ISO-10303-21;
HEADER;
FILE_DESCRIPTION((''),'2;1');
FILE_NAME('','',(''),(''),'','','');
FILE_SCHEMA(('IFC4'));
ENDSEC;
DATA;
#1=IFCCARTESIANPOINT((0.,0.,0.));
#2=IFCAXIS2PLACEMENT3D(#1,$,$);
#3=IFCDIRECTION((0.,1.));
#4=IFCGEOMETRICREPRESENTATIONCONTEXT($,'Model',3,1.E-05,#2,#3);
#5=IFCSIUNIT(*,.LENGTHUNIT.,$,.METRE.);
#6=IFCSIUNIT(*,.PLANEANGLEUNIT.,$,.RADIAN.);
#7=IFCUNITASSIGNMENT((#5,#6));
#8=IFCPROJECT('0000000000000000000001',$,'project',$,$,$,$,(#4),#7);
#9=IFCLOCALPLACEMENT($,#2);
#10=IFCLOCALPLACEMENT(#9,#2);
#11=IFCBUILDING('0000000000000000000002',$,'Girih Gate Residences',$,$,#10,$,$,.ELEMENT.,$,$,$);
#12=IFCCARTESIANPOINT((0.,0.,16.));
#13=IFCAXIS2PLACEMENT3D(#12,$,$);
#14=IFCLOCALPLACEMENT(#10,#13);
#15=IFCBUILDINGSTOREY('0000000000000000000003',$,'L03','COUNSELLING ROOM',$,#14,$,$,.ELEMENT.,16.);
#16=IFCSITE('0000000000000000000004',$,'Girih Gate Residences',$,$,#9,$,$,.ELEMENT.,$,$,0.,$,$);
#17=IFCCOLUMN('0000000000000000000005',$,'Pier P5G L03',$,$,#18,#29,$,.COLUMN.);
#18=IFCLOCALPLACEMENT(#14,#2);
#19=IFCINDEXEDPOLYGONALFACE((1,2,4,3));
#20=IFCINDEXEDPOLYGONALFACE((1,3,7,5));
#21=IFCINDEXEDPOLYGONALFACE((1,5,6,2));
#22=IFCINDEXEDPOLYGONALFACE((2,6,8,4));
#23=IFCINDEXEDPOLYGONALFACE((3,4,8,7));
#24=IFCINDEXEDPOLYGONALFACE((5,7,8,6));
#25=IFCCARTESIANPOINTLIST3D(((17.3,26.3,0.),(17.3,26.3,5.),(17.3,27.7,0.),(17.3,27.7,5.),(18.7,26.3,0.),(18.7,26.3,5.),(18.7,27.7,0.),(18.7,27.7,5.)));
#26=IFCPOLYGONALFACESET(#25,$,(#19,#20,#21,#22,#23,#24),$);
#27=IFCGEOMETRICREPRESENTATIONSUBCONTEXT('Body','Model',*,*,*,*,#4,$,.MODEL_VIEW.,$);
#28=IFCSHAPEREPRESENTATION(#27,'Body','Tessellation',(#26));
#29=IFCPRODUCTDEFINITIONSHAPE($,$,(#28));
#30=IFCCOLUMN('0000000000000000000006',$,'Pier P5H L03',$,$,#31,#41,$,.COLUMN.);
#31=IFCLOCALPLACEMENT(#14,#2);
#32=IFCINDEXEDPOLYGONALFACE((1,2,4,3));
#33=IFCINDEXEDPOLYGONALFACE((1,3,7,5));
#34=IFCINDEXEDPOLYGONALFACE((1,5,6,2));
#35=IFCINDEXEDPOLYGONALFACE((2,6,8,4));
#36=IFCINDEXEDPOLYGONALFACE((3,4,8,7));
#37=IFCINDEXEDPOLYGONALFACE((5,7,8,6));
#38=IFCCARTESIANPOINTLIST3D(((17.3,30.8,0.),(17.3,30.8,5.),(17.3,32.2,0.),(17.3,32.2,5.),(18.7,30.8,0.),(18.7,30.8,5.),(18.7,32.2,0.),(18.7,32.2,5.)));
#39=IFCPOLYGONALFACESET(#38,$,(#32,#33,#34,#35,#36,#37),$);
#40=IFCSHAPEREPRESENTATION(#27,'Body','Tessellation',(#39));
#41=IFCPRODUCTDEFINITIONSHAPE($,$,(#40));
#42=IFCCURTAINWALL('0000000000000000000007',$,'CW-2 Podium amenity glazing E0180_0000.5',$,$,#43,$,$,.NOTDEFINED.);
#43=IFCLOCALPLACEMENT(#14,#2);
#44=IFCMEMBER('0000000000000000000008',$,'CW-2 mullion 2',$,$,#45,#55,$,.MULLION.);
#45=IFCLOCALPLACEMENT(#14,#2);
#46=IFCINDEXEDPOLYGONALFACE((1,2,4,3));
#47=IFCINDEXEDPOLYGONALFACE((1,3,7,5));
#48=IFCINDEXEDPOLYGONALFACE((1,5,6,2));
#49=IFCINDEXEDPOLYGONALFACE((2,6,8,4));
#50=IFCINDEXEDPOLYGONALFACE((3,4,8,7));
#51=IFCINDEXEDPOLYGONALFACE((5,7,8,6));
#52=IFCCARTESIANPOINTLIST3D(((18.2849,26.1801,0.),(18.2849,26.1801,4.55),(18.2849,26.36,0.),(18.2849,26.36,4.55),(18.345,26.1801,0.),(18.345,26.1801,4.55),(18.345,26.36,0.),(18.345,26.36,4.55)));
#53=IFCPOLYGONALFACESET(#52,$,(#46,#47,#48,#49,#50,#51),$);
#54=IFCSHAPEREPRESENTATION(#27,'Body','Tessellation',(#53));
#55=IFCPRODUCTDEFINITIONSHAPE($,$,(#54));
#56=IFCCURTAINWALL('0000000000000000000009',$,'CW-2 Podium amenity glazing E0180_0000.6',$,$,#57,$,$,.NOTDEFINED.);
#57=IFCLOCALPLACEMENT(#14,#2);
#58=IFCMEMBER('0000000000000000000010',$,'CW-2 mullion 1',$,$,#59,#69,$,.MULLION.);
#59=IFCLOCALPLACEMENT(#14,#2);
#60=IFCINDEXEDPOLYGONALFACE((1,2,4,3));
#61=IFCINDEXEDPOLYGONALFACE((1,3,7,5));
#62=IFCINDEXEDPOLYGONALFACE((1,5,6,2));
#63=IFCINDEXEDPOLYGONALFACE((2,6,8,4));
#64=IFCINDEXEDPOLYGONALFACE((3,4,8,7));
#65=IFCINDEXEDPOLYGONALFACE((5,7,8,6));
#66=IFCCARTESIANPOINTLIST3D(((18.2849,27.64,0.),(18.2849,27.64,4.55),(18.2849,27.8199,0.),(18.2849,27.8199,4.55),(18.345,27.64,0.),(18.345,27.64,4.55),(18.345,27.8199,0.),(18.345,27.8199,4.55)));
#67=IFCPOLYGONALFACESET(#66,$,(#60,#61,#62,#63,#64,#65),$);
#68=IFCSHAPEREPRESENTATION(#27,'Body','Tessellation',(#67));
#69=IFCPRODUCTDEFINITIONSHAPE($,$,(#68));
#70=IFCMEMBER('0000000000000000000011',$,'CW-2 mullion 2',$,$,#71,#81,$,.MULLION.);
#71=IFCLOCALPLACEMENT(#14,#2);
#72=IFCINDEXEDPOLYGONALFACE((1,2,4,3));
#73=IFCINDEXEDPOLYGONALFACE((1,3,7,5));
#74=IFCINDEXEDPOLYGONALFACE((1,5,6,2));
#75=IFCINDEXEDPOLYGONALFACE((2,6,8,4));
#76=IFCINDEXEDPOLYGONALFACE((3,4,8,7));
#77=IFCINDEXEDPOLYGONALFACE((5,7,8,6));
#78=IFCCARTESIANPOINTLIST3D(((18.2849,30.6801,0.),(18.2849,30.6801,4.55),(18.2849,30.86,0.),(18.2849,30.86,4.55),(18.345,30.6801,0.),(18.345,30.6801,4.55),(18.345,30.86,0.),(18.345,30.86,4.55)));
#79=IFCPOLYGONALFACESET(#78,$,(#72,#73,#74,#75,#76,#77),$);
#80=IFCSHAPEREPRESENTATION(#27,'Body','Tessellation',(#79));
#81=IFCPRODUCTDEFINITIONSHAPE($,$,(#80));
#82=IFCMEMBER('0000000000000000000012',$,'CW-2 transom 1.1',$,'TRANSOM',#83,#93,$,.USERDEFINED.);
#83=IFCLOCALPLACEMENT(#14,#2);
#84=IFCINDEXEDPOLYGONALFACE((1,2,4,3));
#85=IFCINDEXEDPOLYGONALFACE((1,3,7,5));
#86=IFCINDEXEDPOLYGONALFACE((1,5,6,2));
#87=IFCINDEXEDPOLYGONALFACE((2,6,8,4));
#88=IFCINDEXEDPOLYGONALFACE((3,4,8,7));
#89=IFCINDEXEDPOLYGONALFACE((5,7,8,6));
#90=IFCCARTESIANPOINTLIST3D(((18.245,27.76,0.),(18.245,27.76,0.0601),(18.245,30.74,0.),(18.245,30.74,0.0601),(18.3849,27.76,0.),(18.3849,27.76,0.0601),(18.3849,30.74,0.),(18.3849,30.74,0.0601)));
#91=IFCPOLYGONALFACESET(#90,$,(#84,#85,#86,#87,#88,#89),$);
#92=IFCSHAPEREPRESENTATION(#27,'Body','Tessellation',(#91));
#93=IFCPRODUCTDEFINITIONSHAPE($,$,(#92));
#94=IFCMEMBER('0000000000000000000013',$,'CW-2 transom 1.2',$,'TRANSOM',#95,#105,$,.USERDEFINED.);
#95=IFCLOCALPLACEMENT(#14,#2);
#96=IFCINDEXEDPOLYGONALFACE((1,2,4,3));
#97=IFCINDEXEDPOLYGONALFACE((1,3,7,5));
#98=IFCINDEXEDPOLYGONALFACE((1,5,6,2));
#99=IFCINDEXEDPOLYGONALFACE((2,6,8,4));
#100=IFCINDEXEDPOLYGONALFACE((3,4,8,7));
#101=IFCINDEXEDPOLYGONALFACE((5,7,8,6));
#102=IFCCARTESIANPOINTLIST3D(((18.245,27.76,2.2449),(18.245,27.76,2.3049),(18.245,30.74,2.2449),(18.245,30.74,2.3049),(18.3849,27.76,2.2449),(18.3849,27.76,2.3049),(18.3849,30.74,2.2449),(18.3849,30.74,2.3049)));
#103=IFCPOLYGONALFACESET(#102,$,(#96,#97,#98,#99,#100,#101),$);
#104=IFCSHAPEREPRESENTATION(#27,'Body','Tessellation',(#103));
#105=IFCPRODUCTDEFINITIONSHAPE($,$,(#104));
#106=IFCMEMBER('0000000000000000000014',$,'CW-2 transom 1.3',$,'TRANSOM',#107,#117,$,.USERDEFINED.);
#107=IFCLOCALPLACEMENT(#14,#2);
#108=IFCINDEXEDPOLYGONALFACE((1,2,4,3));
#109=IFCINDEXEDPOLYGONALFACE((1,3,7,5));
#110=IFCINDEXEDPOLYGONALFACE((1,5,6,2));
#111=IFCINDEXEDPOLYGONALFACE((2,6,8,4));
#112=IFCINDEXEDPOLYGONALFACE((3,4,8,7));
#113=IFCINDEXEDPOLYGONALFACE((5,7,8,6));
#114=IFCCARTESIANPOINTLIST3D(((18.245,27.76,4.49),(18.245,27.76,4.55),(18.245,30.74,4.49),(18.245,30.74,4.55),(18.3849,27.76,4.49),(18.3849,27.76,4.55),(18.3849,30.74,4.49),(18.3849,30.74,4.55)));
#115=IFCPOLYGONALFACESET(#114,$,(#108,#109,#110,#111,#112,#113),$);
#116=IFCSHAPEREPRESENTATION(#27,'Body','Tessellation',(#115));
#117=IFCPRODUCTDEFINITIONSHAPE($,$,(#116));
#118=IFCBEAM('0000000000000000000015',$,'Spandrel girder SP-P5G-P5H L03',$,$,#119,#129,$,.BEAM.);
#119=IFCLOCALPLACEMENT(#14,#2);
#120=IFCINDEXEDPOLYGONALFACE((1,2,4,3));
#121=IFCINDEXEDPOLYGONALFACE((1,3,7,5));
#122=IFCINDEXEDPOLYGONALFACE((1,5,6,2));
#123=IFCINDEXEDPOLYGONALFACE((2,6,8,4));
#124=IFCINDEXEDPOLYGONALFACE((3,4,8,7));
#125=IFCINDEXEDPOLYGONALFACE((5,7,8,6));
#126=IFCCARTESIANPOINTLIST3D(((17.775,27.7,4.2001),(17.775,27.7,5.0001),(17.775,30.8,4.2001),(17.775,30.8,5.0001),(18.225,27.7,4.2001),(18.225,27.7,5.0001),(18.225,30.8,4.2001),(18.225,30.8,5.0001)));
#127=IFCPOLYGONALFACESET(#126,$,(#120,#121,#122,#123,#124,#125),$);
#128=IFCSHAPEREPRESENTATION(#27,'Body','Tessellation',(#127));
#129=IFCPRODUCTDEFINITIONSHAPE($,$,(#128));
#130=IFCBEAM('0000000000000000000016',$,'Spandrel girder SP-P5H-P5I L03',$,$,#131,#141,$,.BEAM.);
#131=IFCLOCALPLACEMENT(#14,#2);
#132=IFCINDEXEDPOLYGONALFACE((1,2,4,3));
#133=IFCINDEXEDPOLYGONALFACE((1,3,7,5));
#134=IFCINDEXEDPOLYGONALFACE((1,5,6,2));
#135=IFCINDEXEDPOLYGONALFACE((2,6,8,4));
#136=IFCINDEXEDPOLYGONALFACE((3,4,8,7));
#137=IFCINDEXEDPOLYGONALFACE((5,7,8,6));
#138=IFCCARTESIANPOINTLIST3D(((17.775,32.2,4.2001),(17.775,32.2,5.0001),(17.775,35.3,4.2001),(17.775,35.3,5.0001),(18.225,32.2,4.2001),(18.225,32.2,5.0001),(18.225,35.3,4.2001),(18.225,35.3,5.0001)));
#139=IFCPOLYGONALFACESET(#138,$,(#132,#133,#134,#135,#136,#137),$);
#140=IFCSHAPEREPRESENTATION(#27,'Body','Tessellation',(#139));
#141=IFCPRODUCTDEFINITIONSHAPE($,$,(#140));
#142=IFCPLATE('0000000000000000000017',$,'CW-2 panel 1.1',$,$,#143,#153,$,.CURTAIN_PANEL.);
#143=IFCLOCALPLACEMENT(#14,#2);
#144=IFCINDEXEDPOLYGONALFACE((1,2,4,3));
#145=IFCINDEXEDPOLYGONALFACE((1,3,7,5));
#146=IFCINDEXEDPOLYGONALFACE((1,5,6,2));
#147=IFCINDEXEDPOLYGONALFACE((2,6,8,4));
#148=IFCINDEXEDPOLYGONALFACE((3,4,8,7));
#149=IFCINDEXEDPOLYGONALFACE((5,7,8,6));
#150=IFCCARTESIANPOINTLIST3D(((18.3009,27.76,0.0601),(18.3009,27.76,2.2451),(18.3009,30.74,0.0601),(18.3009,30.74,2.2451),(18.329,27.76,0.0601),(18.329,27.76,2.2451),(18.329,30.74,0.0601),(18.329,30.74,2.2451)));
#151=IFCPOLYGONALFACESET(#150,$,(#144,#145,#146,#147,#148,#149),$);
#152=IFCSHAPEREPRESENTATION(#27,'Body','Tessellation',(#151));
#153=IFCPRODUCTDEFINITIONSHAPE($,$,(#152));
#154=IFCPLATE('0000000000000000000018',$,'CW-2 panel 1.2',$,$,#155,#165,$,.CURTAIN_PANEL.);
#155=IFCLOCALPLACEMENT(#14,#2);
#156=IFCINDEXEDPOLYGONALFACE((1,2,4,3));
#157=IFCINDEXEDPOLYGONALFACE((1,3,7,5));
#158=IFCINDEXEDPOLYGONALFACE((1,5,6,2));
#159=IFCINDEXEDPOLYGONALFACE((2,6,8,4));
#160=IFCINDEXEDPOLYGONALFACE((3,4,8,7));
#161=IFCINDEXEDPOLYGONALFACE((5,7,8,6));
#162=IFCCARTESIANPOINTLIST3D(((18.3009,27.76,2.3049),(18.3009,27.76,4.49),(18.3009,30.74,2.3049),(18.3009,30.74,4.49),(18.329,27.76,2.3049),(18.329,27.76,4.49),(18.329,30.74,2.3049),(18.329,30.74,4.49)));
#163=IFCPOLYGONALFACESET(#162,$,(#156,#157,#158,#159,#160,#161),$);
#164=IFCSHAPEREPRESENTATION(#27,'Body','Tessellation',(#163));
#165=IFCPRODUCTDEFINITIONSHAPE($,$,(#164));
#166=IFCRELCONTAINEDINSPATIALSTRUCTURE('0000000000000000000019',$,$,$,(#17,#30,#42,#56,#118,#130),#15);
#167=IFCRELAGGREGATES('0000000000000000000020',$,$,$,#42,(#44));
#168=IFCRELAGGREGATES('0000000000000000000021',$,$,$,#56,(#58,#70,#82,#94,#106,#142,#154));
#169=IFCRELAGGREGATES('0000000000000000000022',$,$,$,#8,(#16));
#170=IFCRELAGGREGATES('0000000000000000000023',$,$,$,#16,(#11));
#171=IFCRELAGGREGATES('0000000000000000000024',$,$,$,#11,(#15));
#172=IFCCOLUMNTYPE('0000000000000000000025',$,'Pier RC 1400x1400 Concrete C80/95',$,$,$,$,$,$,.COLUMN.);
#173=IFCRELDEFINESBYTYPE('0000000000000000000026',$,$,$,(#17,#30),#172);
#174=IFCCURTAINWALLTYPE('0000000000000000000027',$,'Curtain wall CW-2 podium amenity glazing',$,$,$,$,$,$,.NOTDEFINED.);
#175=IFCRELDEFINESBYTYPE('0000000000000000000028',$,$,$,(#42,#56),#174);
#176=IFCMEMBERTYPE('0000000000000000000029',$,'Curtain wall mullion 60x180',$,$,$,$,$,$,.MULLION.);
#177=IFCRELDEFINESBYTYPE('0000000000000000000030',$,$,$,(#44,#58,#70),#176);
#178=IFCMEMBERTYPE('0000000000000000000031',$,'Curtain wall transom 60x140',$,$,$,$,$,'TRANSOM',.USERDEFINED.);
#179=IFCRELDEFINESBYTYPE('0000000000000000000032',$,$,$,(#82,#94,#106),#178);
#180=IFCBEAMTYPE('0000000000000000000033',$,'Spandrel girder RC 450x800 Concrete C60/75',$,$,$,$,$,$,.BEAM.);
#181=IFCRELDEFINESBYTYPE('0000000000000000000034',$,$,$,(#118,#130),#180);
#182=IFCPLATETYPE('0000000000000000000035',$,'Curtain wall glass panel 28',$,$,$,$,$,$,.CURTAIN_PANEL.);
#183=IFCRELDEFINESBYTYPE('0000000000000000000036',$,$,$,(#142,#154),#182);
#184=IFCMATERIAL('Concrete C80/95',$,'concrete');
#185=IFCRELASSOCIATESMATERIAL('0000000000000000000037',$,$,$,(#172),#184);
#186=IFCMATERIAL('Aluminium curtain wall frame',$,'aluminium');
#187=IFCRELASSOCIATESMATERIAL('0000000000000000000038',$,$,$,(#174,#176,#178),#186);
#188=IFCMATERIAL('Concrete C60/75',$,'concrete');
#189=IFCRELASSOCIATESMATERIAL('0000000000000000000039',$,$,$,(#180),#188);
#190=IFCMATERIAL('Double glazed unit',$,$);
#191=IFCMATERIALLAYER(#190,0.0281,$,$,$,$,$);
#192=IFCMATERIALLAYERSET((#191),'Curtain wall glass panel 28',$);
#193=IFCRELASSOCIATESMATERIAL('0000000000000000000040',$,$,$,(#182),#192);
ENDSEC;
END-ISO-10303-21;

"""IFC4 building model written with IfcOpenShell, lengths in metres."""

from ifc_helpers import new_model, si_unit, direction, frame, origin, origin_2d, place, context, subcontext, project, spatial, rectangle, extrude, material, layer, layer_set, material_profile, profile_set, type_object, element, aggregate, save


model = new_model("IFC4")

# Units and contexts
model_context = context("Model", 3, precision=1e-05, world=origin(), true_north=direction((0.0, 1.0)))
body_context = subcontext(model_context, "Body", "Model", "MODEL_VIEW")
ifc_project = project(units=[si_unit("LENGTHUNIT", "METRE"), si_unit("PLANEANGLEUNIT", "RADIAN")], contexts=[model_context])

# Site, building, storey
site_placement = place(None, origin())
site = spatial("IfcSite", under=ifc_project, at=site_placement, Name="Girih Gate Residences", CompositionType="ELEMENT", RefElevation=0.0)
building_placement = place(site_placement, origin())
building = spatial("IfcBuilding", under=site, at=building_placement, Name="Girih Gate Residences", CompositionType="ELEMENT")
storey_placement = place(building_placement, frame((0.0, 0.0, 16.0)))
storey = spatial("IfcBuildingStorey", under=building, at=storey_placement, Name="L03", Description="COUNSELLING ROOM", CompositionType="ELEMENT", Elevation=16.0)

# Columns
ifc_material_1 = material(Name="Concrete C80/95", Category="concrete")
ifc_material_profile_1 = material_profile(ifc_material_1, rectangle(XDim=1.3999, YDim=1.3999, at=origin_2d()))
ifc_profile_set_1 = profile_set([ifc_material_profile_1], Name="Concrete C80/95")
column_type = type_object("IfcColumnType", Name="Pier RC 1400x1400 Concrete C80/95", PredefinedType="COLUMN", material=ifc_profile_set_1)
for number, where, z_axis, x_axis, name in (
    (1, (18.0, 27.0, 0.0), (0.0, 0.0, 1.0), (1.0, 0.0, 0.0), "Pier P5G L03"),
    (2, (18.0, 31.5, 0.0), (0.0, 0.0, 1.0), (1.0, 0.0, 0.0), "Pier P5H L03"),
):
    element("IfcColumn", number, at=place(storey_placement, frame(where, z_axis=z_axis, x_axis=x_axis)), inside=storey, type_object=column_type, Name=name, PredefinedType="COLUMN", context=body_context, shape_type="SweptSolid", body=[
        extrude(rectangle(XDim=1.3999, YDim=1.3999, at=origin_2d()), origin(), (0.0, 0.0, 1.0), 5.0),
    ])

# Curtain wall, member
ifc_material_2 = material(Name="Aluminium curtain wall frame", Category="aluminium")
curtain_wall_type = type_object("IfcCurtainWallType", Name="Curtain wall CW-2 podium amenity glazing", PredefinedType="NOTDEFINED", material=ifc_material_2)
curtain_wall_1_placement = place(storey_placement, origin())
curtain_wall_1 = element("IfcCurtainWall", 3, at=curtain_wall_1_placement, inside=storey, type_object=curtain_wall_type, Name="CW-2 Podium amenity glazing E0180_0000.5", PredefinedType="NOTDEFINED")
ifc_material_profile_2 = material_profile(ifc_material_2, rectangle(XDim=0.0601, YDim=0.1799, at=origin_2d()))
ifc_profile_set_2 = profile_set([ifc_material_profile_2], Name="Aluminium curtain wall frame")
member_type_1 = type_object("IfcMemberType", Name="Curtain wall mullion 60x180", PredefinedType="MULLION", material=ifc_profile_set_2)
member_1_placement = place(storey_placement, frame((18.3149, 26.27, 0.0), z_axis=(0.0, 0.0, 1.0), x_axis=(-1.0, 0.0, 0.0)))
member_1 = element("IfcMember", 4, at=member_1_placement, type_object=member_type_1, Name="CW-2 mullion 2", PredefinedType="MULLION", context=body_context, shape_type="SweptSolid", body=[
    extrude(rectangle(XDim=0.0601, YDim=0.1799, at=origin_2d()), origin(), (0.0, 0.0, 1.0), 4.55),
])
aggregate(curtain_wall_1, [member_1])

# Curtain wall, members
curtain_wall_2_placement = place(storey_placement, origin())
curtain_wall_2 = element("IfcCurtainWall", 5, at=curtain_wall_2_placement, inside=storey, type_object=curtain_wall_type, Name="CW-2 Podium amenity glazing E0180_0000.6", PredefinedType="NOTDEFINED")
member_2_placement = place(storey_placement, frame((18.3149, 27.73, 0.0), z_axis=(0.0, 0.0, 1.0), x_axis=(-1.0, 0.0, 0.0)))
member_2 = element("IfcMember", 6, at=member_2_placement, type_object=member_type_1, Name="CW-2 mullion 1", PredefinedType="MULLION", context=body_context, shape_type="SweptSolid", body=[
    extrude(rectangle(XDim=0.0601, YDim=0.1799, at=origin_2d()), origin(), (0.0, 0.0, 1.0), 4.55),
])
member_3_placement = place(storey_placement, frame((18.3149, 30.77, 0.0), z_axis=(0.0, 0.0, 1.0), x_axis=(-1.0, 0.0, 0.0)))
member_3 = element("IfcMember", 7, at=member_3_placement, type_object=member_type_1, Name="CW-2 mullion 2", PredefinedType="MULLION", context=body_context, shape_type="SweptSolid", body=[
    extrude(rectangle(XDim=0.0601, YDim=0.1799, at=origin_2d()), origin(), (0.0, 0.0, 1.0), 4.55),
])
ifc_material_profile_3 = material_profile(ifc_material_2, rectangle(XDim=0.1399, YDim=0.0601, at=origin_2d()))
ifc_profile_set_3 = profile_set([ifc_material_profile_3], Name="Aluminium curtain wall frame")
member_type_2 = type_object("IfcMemberType", Name="Curtain wall transom 60x140", ElementType="TRANSOM", PredefinedType="USERDEFINED", material=ifc_profile_set_3)
member_4_placement = place(storey_placement, frame((18.3149, 27.76, 0.03), z_axis=(0.0, 1.0, 0.0), x_axis=(-1.0, 0.0, 0.0)))
member_4 = element("IfcMember", 8, at=member_4_placement, type_object=member_type_2, Name="CW-2 transom 1.1", ObjectType="TRANSOM", PredefinedType="USERDEFINED", context=body_context, shape_type="SweptSolid", body=[
    extrude(rectangle(XDim=0.1399, YDim=0.0601, at=origin_2d()), origin(), (0.0, 0.0, 1.0), 2.98),
])
member_5_placement = place(storey_placement, frame((18.3149, 27.76, 2.2749), z_axis=(0.0, 1.0, 0.0), x_axis=(-1.0, 0.0, 0.0)))
member_5 = element("IfcMember", 9, at=member_5_placement, type_object=member_type_2, Name="CW-2 transom 1.2", ObjectType="TRANSOM", PredefinedType="USERDEFINED", context=body_context, shape_type="SweptSolid", body=[
    extrude(rectangle(XDim=0.1399, YDim=0.0601, at=origin_2d()), origin(), (0.0, 0.0, 1.0), 2.98),
])
member_6_placement = place(storey_placement, frame((18.3149, 27.76, 4.52), z_axis=(0.0, 1.0, 0.0), x_axis=(-1.0, 0.0, 0.0)))
member_6 = element("IfcMember", 10, at=member_6_placement, type_object=member_type_2, Name="CW-2 transom 1.3", ObjectType="TRANSOM", PredefinedType="USERDEFINED", context=body_context, shape_type="SweptSolid", body=[
    extrude(rectangle(XDim=0.1399, YDim=0.0601, at=origin_2d()), origin(), (0.0, 0.0, 1.0), 2.98),
])

# Beams
ifc_material_3 = material(Name="Concrete C60/75", Category="concrete")
ifc_material_profile_4 = material_profile(ifc_material_3, rectangle(XDim=0.45, YDim=0.8, at=origin_2d()))
ifc_profile_set_4 = profile_set([ifc_material_profile_4], Name="Concrete C60/75")
beam_type = type_object("IfcBeamType", Name="Spandrel girder RC 450x800 Concrete C60/75", PredefinedType="BEAM", material=ifc_profile_set_4)
for number, where, z_axis, x_axis, name in (
    (11, (18.0, 27.7, 4.6001), (0.0, 1.0, 0.0), (-1.0, 0.0, 0.0), "Spandrel girder SP-P5G-P5H L03"),
    (12, (18.0, 32.2, 4.6001), (0.0, 1.0, 0.0), (-1.0, 0.0, 0.0), "Spandrel girder SP-P5H-P5I L03"),
):
    element("IfcBeam", number, at=place(storey_placement, frame(where, z_axis=z_axis, x_axis=x_axis)), inside=storey, type_object=beam_type, Name=name, PredefinedType="BEAM", context=body_context, shape_type="SweptSolid", body=[
        extrude(rectangle(XDim=0.45, YDim=0.8, at=origin_2d()), origin(), (0.0, 0.0, 1.0), 3.1001),
    ])

# Plates
ifc_material_4 = material(Name="Double glazed unit")
ifc_layer_1 = layer(ifc_material_4, 0.0281)
ifc_layer_set_1 = layer_set([ifc_layer_1], Name="Curtain wall glass panel 28")
plate_type = type_object("IfcPlateType", Name="Curtain wall glass panel 28", PredefinedType="CURTAIN_PANEL", material=ifc_layer_set_1)
plate_1_placement = place(storey_placement, frame((18.3149, 29.25, 0.0601), z_axis=(0.0, 0.0, 1.0), x_axis=(0.0, 1.0, 0.0)))
plate_1 = element("IfcPlate", 13, at=plate_1_placement, type_object=plate_type, Name="CW-2 panel 1.1", PredefinedType="CURTAIN_PANEL", context=body_context, shape_type="SweptSolid", body=[
    extrude(rectangle(XDim=2.98, YDim=0.0281, at=origin_2d()), origin(), (0.0, 0.0, 1.0), 2.1851),
])
plate_2_placement = place(storey_placement, frame((18.3149, 29.25, 2.3049), z_axis=(0.0, 0.0, 1.0), x_axis=(0.0, 1.0, 0.0)))
plate_2 = element("IfcPlate", 14, at=plate_2_placement, type_object=plate_type, Name="CW-2 panel 1.2", PredefinedType="CURTAIN_PANEL", context=body_context, shape_type="SweptSolid", body=[
    extrude(rectangle(XDim=2.98, YDim=0.0281, at=origin_2d()), origin(), (0.0, 0.0, 1.0), 2.1851),
])
aggregate(curtain_wall_2, [member_2, member_3, member_4, member_5, member_6, plate_1, plate_2])

save(model, "model.ifc")
